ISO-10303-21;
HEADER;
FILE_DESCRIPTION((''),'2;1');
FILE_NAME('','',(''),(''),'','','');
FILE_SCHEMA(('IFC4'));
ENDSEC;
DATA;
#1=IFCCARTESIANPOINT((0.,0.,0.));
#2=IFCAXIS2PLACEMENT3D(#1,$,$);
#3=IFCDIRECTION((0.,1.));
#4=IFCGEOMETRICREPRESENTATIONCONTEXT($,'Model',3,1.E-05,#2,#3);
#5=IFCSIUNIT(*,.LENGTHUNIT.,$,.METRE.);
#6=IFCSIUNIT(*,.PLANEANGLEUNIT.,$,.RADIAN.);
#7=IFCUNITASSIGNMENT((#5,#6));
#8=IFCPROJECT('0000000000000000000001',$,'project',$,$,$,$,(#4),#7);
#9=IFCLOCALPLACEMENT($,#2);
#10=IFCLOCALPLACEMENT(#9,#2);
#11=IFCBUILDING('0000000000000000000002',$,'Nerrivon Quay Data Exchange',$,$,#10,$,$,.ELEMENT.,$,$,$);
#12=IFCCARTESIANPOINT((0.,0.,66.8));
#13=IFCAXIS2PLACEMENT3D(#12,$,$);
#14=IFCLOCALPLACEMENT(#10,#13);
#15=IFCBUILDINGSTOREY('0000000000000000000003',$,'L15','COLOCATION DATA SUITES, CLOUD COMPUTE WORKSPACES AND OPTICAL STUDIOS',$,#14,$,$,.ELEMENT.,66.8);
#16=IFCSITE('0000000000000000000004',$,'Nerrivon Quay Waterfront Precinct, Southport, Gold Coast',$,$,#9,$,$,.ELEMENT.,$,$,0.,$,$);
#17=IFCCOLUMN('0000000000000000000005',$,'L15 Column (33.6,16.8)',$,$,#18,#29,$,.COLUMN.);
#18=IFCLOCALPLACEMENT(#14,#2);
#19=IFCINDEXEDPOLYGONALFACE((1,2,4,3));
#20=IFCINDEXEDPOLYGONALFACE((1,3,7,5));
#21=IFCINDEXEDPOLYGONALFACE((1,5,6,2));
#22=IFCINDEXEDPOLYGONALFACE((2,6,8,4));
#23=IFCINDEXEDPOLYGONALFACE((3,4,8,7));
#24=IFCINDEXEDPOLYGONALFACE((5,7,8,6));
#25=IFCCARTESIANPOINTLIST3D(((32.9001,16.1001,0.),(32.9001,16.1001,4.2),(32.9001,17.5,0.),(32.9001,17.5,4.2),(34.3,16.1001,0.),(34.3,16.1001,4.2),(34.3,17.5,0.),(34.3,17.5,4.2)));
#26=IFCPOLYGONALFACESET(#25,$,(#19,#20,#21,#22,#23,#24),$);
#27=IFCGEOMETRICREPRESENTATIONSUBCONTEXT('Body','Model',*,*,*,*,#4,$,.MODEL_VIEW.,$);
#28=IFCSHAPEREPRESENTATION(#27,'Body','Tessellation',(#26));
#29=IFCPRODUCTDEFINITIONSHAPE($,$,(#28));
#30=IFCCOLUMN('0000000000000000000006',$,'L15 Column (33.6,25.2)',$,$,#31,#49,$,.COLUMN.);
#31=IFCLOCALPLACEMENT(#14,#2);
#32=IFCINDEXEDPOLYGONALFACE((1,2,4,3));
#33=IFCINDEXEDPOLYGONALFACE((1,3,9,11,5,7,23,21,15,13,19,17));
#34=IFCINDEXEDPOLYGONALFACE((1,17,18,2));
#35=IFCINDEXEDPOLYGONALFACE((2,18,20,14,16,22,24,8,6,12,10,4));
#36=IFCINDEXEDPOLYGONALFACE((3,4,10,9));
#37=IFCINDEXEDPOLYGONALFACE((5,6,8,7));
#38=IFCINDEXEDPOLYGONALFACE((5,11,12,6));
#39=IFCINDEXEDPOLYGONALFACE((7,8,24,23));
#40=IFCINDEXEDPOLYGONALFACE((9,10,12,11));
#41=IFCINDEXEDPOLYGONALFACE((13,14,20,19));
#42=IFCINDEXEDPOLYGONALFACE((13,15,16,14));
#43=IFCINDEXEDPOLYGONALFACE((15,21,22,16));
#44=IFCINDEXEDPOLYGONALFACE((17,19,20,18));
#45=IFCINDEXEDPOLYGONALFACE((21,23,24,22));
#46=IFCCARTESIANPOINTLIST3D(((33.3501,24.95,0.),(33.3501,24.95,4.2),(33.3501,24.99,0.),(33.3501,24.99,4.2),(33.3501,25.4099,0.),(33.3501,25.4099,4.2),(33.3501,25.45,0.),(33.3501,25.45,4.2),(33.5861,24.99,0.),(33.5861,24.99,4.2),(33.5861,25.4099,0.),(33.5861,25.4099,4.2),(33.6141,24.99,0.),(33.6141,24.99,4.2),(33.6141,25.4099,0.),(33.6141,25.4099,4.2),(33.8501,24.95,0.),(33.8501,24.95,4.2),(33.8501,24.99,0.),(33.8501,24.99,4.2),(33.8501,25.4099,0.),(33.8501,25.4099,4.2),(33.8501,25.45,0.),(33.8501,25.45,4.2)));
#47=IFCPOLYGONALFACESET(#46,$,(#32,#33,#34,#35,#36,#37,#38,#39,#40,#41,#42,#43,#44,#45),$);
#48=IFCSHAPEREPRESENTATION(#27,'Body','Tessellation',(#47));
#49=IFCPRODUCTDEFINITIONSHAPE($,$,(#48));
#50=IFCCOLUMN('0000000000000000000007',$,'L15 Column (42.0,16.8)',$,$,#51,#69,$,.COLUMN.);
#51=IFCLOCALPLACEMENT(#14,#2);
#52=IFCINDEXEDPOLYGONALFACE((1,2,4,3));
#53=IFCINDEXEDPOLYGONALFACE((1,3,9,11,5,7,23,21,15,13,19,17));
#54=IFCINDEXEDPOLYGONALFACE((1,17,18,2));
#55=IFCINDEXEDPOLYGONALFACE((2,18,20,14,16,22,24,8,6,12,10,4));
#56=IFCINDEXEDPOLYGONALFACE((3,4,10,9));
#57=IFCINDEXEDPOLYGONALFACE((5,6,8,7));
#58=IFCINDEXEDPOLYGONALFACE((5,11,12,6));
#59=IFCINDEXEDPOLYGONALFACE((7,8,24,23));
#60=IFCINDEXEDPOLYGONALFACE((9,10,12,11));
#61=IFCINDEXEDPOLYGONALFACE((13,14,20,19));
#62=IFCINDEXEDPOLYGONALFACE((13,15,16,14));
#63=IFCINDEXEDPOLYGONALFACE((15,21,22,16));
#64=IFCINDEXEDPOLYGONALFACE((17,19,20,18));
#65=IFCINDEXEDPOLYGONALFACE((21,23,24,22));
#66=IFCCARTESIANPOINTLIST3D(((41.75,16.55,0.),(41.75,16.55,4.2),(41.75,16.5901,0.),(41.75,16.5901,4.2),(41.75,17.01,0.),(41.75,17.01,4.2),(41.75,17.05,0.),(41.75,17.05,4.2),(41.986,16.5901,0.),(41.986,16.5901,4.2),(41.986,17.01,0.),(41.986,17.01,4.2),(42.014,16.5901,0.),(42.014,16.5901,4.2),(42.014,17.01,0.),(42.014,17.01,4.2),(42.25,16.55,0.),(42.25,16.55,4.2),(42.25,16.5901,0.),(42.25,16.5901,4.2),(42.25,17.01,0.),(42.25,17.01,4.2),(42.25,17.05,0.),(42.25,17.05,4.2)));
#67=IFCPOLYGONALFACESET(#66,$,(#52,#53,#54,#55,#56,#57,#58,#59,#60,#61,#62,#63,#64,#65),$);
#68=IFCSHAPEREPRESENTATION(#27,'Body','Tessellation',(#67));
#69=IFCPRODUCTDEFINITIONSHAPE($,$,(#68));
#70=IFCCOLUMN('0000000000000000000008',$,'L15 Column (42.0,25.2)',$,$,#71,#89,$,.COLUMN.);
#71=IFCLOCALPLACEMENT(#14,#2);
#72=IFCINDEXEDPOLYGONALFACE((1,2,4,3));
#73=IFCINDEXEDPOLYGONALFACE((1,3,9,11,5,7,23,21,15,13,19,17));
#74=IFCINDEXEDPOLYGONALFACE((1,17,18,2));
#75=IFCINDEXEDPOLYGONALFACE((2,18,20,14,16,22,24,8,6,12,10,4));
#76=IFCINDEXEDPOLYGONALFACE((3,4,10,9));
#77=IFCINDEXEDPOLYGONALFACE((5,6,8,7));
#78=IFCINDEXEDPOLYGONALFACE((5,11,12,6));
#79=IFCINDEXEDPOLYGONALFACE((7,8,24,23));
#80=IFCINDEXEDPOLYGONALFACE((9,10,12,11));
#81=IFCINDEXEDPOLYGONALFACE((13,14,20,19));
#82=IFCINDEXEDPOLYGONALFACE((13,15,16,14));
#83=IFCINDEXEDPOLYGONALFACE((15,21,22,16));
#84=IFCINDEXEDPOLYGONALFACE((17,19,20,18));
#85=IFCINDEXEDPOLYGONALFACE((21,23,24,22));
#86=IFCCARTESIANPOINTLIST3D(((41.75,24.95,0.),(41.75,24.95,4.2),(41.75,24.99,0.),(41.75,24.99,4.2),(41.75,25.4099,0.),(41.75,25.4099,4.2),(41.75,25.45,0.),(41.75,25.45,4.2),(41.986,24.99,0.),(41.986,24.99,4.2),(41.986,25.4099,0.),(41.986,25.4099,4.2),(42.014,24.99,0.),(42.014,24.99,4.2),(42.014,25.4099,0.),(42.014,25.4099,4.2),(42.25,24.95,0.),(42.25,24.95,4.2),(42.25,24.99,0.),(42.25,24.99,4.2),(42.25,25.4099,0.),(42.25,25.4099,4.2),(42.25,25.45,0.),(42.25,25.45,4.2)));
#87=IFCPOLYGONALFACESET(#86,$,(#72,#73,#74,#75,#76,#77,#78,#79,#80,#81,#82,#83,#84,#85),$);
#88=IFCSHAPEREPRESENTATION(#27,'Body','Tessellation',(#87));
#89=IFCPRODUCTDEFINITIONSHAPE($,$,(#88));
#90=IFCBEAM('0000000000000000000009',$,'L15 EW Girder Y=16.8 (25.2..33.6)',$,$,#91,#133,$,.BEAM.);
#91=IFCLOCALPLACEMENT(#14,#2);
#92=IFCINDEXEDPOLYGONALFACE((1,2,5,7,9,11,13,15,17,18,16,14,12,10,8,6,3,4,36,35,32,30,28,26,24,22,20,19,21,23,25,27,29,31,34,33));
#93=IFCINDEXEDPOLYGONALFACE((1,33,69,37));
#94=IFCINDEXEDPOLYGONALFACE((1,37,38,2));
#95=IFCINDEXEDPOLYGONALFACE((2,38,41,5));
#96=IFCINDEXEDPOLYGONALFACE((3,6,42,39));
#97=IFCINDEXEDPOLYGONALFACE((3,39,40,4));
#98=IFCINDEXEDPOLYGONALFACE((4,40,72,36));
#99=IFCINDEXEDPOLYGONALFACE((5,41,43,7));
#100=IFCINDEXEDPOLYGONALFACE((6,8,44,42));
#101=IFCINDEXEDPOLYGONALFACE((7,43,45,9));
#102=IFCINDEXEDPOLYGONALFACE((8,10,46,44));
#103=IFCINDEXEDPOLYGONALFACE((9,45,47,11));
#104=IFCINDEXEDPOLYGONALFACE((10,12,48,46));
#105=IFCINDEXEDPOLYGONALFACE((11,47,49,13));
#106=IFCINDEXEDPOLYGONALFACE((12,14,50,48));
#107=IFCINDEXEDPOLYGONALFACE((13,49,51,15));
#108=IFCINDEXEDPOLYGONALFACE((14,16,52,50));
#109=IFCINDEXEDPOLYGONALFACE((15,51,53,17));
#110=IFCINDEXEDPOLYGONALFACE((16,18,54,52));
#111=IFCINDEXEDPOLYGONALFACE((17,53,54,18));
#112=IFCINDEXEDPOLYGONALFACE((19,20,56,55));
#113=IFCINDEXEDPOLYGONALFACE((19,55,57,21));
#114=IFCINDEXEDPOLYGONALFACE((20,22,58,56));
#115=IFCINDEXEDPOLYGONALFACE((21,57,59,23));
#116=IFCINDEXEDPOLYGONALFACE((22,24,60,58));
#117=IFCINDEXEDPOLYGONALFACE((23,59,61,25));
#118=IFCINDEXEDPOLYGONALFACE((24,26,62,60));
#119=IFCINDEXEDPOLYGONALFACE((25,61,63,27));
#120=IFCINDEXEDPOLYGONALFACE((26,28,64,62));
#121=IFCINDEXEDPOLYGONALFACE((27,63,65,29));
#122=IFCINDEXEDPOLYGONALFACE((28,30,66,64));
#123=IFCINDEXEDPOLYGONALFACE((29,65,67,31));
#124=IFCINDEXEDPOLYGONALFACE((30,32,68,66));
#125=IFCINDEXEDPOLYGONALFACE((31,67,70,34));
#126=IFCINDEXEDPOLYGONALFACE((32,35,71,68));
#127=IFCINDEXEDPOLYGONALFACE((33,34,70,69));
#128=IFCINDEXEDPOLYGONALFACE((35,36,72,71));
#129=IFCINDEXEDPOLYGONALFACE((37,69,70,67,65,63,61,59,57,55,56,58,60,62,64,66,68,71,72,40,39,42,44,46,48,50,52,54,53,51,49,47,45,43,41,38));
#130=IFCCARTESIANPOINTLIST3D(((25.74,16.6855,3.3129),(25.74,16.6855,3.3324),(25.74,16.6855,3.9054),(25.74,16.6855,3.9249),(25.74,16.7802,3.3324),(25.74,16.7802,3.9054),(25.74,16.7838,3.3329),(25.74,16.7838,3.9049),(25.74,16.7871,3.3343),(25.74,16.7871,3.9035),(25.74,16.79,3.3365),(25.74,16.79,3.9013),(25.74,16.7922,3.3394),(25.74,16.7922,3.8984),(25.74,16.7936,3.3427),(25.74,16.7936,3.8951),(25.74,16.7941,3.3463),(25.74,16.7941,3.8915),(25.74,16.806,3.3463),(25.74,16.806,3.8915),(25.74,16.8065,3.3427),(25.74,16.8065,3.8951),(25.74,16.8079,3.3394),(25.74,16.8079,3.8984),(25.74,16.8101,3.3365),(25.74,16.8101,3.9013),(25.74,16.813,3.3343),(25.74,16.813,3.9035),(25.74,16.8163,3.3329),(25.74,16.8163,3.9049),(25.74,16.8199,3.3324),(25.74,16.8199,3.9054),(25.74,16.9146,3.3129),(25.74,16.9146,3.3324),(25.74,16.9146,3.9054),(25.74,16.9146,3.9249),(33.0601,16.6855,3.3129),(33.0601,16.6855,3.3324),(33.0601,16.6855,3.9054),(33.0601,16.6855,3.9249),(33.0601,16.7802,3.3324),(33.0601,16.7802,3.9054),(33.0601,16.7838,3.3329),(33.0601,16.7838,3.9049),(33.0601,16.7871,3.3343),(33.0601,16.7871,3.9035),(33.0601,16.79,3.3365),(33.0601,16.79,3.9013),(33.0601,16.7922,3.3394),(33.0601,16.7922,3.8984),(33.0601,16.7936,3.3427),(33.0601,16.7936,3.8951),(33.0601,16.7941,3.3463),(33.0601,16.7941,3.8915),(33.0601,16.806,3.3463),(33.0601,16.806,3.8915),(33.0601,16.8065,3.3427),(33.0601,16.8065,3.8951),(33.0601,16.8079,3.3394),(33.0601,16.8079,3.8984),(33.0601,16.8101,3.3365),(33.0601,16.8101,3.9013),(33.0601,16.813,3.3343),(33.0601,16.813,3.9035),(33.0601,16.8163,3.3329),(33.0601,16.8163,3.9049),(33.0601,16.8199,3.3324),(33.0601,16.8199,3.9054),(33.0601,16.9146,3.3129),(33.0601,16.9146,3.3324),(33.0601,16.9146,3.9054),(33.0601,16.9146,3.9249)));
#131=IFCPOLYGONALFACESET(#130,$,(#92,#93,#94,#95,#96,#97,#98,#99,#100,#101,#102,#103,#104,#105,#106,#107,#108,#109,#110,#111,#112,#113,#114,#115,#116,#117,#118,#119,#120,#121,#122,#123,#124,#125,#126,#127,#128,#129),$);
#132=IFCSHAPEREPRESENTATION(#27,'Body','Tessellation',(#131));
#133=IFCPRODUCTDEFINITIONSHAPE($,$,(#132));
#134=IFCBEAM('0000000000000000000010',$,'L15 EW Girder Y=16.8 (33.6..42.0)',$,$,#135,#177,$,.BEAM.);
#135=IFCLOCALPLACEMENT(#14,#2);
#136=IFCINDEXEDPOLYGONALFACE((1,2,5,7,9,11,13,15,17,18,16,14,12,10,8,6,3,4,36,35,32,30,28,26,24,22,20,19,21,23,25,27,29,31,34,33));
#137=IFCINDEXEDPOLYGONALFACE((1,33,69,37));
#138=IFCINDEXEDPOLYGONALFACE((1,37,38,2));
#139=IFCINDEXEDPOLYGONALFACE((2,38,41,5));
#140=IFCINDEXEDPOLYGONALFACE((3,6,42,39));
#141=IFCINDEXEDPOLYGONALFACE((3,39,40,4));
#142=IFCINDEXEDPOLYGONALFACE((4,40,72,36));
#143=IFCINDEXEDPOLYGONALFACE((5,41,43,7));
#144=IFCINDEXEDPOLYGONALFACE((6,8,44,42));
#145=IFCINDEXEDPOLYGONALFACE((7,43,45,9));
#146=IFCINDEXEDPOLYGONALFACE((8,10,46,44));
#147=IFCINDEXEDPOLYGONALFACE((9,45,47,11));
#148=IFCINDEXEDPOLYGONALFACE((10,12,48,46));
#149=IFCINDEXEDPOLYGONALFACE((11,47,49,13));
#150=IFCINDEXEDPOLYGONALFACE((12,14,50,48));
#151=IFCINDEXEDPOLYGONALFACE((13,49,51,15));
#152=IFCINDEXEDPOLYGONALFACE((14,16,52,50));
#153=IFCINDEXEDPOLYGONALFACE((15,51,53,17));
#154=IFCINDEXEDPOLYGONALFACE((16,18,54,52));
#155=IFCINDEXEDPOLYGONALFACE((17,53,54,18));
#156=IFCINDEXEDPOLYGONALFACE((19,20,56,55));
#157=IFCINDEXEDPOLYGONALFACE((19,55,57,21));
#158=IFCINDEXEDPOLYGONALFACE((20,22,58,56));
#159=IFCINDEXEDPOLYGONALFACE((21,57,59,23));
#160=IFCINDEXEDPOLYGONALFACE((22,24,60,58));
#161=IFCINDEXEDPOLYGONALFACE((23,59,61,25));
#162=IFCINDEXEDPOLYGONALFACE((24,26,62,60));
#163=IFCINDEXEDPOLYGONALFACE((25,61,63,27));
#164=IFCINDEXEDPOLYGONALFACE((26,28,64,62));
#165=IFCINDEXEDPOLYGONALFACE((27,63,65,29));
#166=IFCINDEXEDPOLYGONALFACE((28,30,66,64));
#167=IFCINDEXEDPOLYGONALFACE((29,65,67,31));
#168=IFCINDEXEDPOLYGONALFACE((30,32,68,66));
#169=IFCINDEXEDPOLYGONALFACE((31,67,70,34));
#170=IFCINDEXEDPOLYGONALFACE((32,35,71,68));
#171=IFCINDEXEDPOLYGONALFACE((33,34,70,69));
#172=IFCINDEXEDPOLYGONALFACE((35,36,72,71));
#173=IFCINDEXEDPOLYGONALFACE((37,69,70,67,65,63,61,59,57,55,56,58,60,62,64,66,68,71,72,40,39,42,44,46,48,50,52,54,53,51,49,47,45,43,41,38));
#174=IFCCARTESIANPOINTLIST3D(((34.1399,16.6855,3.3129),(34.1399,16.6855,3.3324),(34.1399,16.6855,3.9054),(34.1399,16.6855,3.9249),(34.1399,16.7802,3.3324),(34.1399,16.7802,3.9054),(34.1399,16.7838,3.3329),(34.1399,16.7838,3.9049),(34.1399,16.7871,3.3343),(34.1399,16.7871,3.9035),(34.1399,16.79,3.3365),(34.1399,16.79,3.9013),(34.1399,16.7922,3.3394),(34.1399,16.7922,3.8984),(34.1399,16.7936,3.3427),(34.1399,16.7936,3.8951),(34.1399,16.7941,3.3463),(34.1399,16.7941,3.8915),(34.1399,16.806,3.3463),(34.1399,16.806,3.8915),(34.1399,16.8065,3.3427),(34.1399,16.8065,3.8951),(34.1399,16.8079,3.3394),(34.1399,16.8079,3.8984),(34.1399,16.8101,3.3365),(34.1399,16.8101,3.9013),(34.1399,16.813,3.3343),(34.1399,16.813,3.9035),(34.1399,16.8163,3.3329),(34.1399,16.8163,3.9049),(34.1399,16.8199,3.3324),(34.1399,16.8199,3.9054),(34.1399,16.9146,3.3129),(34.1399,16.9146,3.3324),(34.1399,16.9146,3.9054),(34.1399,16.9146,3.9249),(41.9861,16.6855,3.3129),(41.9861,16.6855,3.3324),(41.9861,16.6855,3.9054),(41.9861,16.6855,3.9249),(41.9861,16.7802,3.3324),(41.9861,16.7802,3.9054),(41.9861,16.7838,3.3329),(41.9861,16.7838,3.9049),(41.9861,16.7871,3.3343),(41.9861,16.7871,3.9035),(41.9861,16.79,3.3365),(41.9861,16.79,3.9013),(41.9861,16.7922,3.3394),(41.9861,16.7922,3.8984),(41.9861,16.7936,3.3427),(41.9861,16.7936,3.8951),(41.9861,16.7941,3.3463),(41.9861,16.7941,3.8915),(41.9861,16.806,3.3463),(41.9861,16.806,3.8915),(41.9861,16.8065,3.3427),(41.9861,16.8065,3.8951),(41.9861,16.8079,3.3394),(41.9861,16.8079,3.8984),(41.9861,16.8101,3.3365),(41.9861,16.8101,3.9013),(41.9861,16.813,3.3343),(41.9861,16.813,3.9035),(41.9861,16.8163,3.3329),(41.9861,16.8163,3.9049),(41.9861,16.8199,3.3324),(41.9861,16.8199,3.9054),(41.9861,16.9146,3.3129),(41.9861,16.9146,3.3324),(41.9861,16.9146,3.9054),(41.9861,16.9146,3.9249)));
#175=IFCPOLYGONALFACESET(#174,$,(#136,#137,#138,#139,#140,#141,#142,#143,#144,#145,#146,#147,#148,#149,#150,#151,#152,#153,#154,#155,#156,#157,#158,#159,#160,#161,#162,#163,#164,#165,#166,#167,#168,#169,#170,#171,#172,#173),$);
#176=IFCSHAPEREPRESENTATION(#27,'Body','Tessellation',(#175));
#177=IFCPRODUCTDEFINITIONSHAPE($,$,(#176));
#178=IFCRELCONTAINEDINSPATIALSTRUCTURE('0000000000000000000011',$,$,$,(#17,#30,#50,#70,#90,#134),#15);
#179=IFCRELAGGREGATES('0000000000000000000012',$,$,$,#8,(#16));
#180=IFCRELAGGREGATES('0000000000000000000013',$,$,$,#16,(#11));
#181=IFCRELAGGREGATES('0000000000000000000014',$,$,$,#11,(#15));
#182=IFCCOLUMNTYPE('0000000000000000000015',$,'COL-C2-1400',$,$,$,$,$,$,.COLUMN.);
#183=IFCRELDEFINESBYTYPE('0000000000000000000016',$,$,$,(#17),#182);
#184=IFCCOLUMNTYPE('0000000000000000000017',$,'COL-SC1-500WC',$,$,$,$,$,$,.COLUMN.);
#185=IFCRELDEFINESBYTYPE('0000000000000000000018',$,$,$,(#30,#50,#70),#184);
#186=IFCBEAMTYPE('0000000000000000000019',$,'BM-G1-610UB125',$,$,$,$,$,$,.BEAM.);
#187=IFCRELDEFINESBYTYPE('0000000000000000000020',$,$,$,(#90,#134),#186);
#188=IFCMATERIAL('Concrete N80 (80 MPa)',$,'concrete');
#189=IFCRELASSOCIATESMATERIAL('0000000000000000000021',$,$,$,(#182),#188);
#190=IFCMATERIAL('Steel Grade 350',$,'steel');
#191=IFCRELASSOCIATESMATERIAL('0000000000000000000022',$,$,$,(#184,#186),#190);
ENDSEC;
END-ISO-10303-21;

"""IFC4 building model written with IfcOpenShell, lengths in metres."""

from ifc_helpers import new_model, si_unit, direction, frame, origin, origin_2d, place, context, subcontext, project, spatial, rectangle, i_section, extrude, material, material_profile, profile_set, type_object, element, save


model = new_model("IFC4")

# Units and contexts
model_context = context("Model", 3, precision=1e-05, world=origin(), true_north=direction((0.0, 1.0)))
body_context = subcontext(model_context, "Body", "Model", "MODEL_VIEW")
ifc_project = project(units=[si_unit("LENGTHUNIT", "METRE"), si_unit("PLANEANGLEUNIT", "RADIAN")], contexts=[model_context])

# Site, building, storey
site_placement = place(None, origin())
site = spatial("IfcSite", under=ifc_project, at=site_placement, Name="Nerrivon Quay Waterfront Precinct, Southport, Gold Coast", CompositionType="ELEMENT", RefElevation=0.0)
building_placement = place(site_placement, origin())
building = spatial("IfcBuilding", under=site, at=building_placement, Name="Nerrivon Quay Data Exchange", CompositionType="ELEMENT")
storey_placement = place(building_placement, frame((0.0, 0.0, 66.8)))
storey = spatial("IfcBuildingStorey", under=building, at=storey_placement, Name="L15", Description="COLOCATION DATA SUITES, CLOUD COMPUTE WORKSPACES AND OPTICAL STUDIOS", CompositionType="ELEMENT", Elevation=66.8)

# Columns
ifc_material_1 = material(Name="Concrete N80 (80 MPa)", Category="concrete")
ifc_material_profile_1 = material_profile(ifc_material_1, rectangle(XDim=1.3999, YDim=1.3999, at=origin_2d()), Name="RC-COL-1400x1400")
ifc_profile_set_1 = profile_set([ifc_material_profile_1], Name="Concrete N80 (80 MPa)")
column_type_1 = type_object("IfcColumnType", Name="COL-C2-1400", PredefinedType="COLUMN", material=ifc_profile_set_1)
column_placement = place(storey_placement, frame((33.6001, 16.8, 0.0), z_axis=(0.0, 0.0, 1.0), x_axis=(1.0, 0.0, 0.0)))
element("IfcColumn", 1, at=column_placement, inside=storey, type_object=column_type_1, Name="L15 Column (33.6,16.8)", PredefinedType="COLUMN", context=body_context, shape_type="SweptSolid", body=[
    extrude(rectangle(XDim=1.3999, YDim=1.3999, at=origin_2d()), origin(), (0.0, 0.0, 1.0), 4.2),
])
ifc_material_2 = material(Name="Steel Grade 350", Category="steel")
ifc_material_profile_2 = material_profile(ifc_material_2, i_section(OverallWidth=0.5, OverallDepth=0.5, WebThickness=0.0281, FlangeThickness=0.04, at=origin_2d()), Name="500WC440")
ifc_profile_set_2 = profile_set([ifc_material_profile_2], Name="Steel Grade 350")
column_type_2 = type_object("IfcColumnType", Name="COL-SC1-500WC", PredefinedType="COLUMN", material=ifc_profile_set_2)
for number, where, z_axis, x_axis, name in (
    (2, (33.6001, 25.2, 0.0), (0.0, 0.0, 1.0), (1.0, 0.0, 0.0), "L15 Column (33.6,25.2)"),
    (3, (42.0, 16.8, 0.0), (0.0, 0.0, 1.0), (1.0, 0.0, 0.0), "L15 Column (42.0,16.8)"),
    (4, (42.0, 25.2, 0.0), (0.0, 0.0, 1.0), (1.0, 0.0, 0.0), "L15 Column (42.0,25.2)"),
):
    element("IfcColumn", number, at=place(storey_placement, frame(where, z_axis=z_axis, x_axis=x_axis)), inside=storey, type_object=column_type_2, Name=name, PredefinedType="COLUMN", context=body_context, shape_type="SweptSolid", body=[
        extrude(i_section(OverallWidth=0.5, OverallDepth=0.5, WebThickness=0.0281, FlangeThickness=0.04, at=origin_2d()), origin(), (0.0, 0.0, 1.0), 4.2),
    ])

# Beams
ifc_material_profile_3 = material_profile(ifc_material_2, i_section(OverallWidth=0.229, OverallDepth=0.6121, WebThickness=0.012, FlangeThickness=0.0195, FilletRadius=0.0139, at=origin_2d()), Name="610UB125")
ifc_profile_set_3 = profile_set([ifc_material_profile_3], Name="Steel Grade 350")
beam_type_1 = type_object("IfcBeamType", Name="BM-G1-610UB125", PredefinedType="BEAM", material=ifc_profile_set_3)
beam_1_placement = place(storey_placement, frame((25.74, 16.8, 3.6189), z_axis=(1.0, 0.0, 0.0), x_axis=(0.0, 1.0, 0.0)))
element("IfcBeam", 5, at=beam_1_placement, inside=storey, type_object=beam_type_1, Name="L15 EW Girder Y=16.8 (25.2..33.6)", PredefinedType="BEAM", context=body_context, shape_type="SweptSolid", body=[
    extrude(i_section(OverallWidth=0.229, OverallDepth=0.6121, WebThickness=0.012, FlangeThickness=0.0195, FilletRadius=0.0139, at=origin_2d()), origin(), (0.0, 0.0, 1.0), 7.3201),
])
beam_2_placement = place(storey_placement, frame((34.1399, 16.8, 3.6189), z_axis=(1.0, 0.0, 0.0), x_axis=(0.0, 1.0, 0.0)))
element("IfcBeam", 6, at=beam_2_placement, inside=storey, type_object=beam_type_1, Name="L15 EW Girder Y=16.8 (33.6..42.0)", PredefinedType="BEAM", context=body_context, shape_type="SweptSolid", body=[
    extrude(i_section(OverallWidth=0.229, OverallDepth=0.6121, WebThickness=0.012, FlangeThickness=0.0195, FilletRadius=0.0139, at=origin_2d()), origin(), (0.0, 0.0, 1.0), 7.8462),
])

save(model, "model.ifc")
